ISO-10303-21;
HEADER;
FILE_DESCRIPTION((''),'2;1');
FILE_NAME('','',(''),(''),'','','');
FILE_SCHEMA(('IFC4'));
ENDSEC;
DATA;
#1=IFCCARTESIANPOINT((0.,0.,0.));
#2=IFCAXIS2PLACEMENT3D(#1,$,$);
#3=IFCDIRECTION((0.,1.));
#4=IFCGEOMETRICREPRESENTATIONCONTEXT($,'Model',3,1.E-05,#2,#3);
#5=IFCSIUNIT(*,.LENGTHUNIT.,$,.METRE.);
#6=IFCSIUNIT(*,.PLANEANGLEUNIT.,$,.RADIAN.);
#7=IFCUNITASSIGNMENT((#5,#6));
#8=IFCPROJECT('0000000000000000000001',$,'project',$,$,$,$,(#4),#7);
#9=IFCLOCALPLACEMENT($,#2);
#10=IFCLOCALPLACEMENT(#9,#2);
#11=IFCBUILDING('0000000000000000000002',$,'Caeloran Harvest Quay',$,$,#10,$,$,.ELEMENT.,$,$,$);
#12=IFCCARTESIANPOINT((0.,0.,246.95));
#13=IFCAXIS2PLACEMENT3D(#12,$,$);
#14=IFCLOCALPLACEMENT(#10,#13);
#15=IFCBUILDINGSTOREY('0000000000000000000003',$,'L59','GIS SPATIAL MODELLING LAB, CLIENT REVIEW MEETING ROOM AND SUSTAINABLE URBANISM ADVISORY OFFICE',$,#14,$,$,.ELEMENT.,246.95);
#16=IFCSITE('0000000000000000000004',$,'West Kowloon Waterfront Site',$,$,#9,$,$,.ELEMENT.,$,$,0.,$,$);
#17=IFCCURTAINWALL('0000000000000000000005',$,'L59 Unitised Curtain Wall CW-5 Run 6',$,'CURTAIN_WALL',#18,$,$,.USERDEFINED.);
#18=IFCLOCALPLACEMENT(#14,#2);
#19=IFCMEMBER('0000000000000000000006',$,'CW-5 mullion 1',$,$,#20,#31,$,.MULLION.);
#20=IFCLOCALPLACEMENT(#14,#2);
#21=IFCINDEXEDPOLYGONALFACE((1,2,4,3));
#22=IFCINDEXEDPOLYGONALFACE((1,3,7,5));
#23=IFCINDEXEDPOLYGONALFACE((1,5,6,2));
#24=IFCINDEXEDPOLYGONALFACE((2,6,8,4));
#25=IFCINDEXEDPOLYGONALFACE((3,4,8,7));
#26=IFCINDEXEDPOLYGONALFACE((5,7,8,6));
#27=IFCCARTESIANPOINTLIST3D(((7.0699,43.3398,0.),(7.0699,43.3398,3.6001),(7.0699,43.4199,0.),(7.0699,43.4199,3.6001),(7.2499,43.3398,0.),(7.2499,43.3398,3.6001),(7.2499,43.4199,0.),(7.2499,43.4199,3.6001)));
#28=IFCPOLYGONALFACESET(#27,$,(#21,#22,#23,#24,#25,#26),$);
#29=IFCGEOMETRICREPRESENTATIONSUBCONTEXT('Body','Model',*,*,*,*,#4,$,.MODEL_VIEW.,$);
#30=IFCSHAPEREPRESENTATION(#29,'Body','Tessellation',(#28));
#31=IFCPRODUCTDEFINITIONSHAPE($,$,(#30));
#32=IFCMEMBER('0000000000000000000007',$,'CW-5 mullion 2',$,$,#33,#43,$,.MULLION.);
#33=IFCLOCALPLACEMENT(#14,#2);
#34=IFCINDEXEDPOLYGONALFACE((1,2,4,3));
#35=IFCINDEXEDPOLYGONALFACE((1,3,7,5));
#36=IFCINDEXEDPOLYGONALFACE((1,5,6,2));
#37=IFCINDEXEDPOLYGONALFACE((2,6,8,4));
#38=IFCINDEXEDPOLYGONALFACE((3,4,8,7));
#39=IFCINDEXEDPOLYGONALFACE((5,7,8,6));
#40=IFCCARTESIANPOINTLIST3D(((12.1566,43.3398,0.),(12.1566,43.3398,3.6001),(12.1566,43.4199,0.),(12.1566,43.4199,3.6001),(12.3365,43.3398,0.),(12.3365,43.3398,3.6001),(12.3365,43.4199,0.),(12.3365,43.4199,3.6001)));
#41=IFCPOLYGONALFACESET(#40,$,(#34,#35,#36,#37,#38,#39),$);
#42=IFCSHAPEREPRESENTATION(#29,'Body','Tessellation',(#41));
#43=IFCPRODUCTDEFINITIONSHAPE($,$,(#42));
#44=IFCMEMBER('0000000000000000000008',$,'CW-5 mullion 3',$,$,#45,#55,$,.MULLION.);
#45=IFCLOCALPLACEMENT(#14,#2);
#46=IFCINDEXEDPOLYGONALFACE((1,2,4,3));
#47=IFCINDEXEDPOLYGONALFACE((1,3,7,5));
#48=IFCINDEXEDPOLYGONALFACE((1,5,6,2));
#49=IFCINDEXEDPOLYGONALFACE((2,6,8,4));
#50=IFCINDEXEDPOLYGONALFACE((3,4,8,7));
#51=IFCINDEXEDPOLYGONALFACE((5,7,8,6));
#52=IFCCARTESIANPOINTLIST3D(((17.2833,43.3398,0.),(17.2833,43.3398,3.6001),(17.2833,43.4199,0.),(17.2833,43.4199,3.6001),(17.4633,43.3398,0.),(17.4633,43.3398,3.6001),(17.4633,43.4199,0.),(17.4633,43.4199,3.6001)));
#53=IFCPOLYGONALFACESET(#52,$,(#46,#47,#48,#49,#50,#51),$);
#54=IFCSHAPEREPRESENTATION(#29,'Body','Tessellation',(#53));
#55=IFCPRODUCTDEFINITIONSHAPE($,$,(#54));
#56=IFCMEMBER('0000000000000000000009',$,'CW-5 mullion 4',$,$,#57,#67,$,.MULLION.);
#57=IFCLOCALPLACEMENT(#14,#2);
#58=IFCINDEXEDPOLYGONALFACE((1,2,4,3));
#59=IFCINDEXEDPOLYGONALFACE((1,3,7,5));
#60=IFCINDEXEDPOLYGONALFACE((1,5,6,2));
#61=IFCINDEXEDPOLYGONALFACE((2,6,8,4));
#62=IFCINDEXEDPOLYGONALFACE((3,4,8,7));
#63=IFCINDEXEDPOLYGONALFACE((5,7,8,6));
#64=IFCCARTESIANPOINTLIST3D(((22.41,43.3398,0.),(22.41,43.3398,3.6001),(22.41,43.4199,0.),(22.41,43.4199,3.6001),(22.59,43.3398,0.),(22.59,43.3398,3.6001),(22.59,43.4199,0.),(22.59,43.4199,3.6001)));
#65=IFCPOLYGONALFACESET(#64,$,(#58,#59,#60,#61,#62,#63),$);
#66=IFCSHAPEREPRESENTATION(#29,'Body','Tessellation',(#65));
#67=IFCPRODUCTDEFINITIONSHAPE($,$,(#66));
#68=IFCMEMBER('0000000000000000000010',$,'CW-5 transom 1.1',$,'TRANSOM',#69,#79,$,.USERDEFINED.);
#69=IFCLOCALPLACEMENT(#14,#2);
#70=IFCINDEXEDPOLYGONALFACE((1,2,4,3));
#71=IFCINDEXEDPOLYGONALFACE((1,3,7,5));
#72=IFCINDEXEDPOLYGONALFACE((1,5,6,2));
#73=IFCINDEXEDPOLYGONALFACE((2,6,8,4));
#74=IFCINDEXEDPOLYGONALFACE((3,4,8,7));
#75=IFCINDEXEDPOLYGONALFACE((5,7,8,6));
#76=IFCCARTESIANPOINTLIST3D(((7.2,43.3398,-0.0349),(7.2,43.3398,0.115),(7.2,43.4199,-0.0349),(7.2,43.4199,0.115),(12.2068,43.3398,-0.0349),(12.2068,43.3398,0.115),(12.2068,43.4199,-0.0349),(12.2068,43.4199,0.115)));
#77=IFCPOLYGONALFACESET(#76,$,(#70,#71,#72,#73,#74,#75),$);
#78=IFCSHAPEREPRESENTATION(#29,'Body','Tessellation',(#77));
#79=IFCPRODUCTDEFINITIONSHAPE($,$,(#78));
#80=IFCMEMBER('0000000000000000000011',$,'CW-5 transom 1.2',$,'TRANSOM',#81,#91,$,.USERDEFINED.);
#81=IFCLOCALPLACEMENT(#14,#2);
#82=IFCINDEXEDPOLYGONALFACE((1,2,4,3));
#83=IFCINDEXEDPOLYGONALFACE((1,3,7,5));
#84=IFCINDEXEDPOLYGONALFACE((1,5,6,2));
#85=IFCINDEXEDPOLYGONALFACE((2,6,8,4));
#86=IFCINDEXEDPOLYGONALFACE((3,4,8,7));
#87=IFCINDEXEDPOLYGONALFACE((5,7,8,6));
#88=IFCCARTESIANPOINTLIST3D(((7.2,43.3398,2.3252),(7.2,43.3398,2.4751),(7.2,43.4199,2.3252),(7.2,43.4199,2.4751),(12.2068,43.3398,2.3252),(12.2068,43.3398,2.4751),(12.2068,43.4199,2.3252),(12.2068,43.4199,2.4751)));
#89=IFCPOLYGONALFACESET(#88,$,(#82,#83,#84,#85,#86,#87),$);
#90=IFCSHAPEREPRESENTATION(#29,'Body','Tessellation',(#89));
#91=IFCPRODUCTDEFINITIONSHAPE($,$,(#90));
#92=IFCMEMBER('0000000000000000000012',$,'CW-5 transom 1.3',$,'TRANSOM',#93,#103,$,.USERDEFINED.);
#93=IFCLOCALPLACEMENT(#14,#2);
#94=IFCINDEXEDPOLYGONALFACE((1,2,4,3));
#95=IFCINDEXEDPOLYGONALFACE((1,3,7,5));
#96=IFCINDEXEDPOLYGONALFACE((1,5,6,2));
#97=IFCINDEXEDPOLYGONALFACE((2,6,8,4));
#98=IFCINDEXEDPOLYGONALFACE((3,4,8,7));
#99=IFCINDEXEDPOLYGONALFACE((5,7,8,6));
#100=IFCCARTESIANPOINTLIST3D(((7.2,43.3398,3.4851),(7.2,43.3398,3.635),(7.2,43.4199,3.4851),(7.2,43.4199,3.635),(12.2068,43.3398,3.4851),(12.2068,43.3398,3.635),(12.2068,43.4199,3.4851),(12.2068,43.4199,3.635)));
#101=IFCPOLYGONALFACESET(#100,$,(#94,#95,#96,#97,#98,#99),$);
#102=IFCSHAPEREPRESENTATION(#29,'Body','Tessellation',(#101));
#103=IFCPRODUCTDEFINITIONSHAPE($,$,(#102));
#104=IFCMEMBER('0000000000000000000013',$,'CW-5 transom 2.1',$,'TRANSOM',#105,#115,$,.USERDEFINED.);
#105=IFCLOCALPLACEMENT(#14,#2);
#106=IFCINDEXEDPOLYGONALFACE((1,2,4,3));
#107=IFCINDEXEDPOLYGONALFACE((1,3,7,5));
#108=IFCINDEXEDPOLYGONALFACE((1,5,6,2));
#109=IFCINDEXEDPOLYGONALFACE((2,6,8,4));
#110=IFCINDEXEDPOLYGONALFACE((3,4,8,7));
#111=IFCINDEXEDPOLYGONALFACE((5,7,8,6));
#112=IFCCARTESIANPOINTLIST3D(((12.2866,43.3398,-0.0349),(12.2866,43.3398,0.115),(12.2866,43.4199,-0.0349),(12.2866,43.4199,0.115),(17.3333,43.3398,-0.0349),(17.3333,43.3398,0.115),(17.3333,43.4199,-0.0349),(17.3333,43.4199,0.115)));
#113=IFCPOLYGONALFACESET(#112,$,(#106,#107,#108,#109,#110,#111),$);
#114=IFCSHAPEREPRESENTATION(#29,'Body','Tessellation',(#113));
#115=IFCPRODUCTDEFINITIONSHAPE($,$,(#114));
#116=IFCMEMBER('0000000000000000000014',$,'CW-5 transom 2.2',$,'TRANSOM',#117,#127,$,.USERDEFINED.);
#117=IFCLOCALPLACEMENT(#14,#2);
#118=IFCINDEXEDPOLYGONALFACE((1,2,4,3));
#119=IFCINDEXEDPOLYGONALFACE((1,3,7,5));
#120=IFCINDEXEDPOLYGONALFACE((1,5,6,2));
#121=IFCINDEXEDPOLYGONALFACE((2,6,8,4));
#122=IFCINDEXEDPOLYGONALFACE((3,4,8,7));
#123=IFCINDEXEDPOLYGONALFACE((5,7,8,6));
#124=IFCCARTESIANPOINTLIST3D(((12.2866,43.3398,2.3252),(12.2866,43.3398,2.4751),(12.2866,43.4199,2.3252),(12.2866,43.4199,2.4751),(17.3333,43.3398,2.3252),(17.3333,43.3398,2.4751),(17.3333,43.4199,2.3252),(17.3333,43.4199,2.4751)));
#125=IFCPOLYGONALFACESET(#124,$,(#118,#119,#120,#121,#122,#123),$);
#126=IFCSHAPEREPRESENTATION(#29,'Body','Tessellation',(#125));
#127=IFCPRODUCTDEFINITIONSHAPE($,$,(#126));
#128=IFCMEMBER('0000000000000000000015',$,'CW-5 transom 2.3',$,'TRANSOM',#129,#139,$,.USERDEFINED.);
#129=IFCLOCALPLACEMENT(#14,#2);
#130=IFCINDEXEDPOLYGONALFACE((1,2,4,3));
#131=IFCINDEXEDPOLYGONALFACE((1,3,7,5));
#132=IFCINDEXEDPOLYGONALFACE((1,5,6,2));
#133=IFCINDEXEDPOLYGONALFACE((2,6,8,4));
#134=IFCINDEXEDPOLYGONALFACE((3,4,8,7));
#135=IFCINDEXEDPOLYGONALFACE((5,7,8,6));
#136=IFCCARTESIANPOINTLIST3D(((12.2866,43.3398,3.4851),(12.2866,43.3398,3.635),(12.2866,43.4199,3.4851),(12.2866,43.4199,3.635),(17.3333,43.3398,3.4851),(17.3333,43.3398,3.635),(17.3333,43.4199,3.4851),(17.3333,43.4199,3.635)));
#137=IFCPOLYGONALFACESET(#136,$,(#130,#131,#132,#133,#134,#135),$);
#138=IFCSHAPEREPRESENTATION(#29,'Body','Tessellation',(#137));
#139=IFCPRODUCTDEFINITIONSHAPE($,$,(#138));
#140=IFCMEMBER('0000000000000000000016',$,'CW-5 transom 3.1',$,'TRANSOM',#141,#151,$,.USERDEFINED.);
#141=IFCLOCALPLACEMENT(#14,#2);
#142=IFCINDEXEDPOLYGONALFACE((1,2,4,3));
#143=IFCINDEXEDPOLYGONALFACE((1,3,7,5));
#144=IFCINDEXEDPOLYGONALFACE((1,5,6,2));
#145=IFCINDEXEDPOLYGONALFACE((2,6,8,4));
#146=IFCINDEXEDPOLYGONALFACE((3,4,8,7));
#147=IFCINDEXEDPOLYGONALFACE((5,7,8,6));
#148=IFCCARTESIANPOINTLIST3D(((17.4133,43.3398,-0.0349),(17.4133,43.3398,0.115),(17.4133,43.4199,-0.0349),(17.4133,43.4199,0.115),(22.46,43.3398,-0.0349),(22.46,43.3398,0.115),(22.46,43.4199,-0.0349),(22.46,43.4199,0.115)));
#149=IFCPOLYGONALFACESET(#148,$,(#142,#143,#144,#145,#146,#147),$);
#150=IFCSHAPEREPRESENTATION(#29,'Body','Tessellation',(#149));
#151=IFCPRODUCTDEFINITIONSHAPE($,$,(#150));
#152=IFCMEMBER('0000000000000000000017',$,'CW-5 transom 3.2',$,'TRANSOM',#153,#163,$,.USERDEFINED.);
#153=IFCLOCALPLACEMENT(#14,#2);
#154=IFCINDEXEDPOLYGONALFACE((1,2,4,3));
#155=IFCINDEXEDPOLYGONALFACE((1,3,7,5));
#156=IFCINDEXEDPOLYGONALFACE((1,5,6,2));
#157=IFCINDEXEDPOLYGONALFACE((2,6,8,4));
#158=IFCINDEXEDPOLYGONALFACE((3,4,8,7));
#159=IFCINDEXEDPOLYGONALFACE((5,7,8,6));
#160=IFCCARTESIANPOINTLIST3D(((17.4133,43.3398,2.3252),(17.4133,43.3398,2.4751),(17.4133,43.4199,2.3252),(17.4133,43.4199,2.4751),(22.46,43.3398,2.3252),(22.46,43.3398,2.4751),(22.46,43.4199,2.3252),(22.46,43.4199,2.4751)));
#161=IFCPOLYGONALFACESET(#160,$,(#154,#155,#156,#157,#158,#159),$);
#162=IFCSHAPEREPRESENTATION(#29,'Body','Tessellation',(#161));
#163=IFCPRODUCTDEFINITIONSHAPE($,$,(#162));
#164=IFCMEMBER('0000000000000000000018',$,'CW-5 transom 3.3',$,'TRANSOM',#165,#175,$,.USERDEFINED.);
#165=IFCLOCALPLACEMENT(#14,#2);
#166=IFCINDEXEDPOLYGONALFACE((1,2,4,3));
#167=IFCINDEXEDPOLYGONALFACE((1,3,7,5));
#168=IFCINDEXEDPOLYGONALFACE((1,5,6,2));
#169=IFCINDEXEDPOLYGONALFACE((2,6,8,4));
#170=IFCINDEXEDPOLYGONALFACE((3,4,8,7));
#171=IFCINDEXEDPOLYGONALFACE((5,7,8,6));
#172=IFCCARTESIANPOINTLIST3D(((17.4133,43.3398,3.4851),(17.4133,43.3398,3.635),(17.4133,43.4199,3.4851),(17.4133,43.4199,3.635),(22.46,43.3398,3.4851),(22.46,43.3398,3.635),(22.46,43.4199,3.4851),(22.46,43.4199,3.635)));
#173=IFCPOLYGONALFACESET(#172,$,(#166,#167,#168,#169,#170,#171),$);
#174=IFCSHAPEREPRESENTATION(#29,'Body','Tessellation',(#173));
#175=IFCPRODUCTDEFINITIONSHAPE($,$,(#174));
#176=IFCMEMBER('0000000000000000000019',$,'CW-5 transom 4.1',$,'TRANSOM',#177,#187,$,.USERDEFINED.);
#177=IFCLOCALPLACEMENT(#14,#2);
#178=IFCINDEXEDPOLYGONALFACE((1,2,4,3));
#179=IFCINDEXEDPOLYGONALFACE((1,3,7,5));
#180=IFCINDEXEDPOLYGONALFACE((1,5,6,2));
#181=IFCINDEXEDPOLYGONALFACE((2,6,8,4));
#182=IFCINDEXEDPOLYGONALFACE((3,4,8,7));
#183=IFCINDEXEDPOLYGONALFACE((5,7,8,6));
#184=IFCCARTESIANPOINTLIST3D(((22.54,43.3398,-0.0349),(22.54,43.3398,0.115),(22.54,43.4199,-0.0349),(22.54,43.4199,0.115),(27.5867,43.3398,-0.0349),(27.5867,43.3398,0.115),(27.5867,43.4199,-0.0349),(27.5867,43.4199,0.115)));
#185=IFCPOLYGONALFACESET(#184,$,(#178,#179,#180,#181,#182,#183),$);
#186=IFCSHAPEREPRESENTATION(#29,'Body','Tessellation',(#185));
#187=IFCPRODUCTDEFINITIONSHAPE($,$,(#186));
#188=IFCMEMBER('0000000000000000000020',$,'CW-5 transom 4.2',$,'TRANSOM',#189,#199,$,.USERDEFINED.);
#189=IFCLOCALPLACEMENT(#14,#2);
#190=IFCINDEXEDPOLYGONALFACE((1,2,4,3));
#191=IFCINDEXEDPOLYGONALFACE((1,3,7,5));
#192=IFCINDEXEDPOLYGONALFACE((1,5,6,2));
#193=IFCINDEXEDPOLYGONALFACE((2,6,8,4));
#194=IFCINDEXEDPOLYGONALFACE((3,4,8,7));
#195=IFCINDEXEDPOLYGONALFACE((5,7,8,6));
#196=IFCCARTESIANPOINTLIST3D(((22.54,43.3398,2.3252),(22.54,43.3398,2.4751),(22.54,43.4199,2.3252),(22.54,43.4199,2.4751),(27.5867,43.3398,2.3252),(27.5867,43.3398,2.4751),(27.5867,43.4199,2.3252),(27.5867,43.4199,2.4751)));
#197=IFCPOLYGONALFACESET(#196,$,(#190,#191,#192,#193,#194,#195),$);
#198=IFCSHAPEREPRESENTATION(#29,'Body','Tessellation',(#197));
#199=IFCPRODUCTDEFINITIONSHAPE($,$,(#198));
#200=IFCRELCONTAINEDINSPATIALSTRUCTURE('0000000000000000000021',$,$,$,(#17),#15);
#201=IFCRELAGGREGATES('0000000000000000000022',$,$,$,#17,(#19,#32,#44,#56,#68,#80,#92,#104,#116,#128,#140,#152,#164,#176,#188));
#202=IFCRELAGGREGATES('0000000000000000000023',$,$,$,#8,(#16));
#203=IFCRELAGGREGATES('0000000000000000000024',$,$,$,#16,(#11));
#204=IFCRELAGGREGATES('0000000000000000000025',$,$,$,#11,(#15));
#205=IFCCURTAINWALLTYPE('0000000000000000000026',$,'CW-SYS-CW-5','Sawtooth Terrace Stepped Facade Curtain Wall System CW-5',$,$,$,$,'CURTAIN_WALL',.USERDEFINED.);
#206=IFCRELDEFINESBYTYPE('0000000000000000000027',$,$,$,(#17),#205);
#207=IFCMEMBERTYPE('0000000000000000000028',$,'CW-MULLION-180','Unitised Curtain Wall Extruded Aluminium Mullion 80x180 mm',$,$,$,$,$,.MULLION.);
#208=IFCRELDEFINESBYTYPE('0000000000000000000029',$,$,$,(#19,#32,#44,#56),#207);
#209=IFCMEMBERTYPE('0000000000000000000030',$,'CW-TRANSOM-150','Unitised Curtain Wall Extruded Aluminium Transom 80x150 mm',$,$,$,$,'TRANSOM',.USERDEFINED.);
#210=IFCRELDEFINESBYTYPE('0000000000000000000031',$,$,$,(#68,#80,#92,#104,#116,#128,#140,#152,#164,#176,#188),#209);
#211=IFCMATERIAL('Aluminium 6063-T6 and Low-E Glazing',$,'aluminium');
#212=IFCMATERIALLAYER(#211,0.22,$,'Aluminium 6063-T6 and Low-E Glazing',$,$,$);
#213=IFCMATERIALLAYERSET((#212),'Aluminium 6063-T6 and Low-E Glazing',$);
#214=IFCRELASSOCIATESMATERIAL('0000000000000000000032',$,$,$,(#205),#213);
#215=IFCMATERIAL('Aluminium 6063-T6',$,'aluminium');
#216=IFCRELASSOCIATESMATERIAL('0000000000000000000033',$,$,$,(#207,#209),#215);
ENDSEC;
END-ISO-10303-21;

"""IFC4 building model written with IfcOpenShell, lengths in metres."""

from ifc_helpers import new_model, si_unit, direction, frame, origin, origin_2d, place, context, subcontext, project, spatial, rectangle, extrude, material, layer, layer_set, material_profile, profile_set, type_object, element, aggregate, save


model = new_model("IFC4")

# Units and contexts
model_context = context("Model", 3, precision=1e-05, world=origin(), true_north=direction((0.0, 1.0)))
body_context = subcontext(model_context, "Body", "Model", "MODEL_VIEW")
ifc_project = project(units=[si_unit("LENGTHUNIT", "METRE"), si_unit("PLANEANGLEUNIT", "RADIAN")], contexts=[model_context])

# Site, building, storey
site_placement = place(None, origin())
site = spatial("IfcSite", under=ifc_project, at=site_placement, Name="West Kowloon Waterfront Site", CompositionType="ELEMENT", RefElevation=0.0)
building_placement = place(site_placement, origin())
building = spatial("IfcBuilding", under=site, at=building_placement, Name="Caeloran Harvest Quay", CompositionType="ELEMENT")
storey_placement = place(building_placement, frame((0.0, 0.0, 246.95)))
storey = spatial("IfcBuildingStorey", under=building, at=storey_placement, Name="L59", Description="GIS SPATIAL MODELLING LAB, CLIENT REVIEW MEETING ROOM AND SUSTAINABLE URBANISM ADVISORY OFFICE", CompositionType="ELEMENT", Elevation=246.95)

# Curtain wall, members
ifc_material_1 = material(Name="Aluminium 6063-T6 and Low-E Glazing", Category="aluminium")
ifc_layer_1 = layer(ifc_material_1, 0.22, Name="Aluminium 6063-T6 and Low-E Glazing")
ifc_layer_set_1 = layer_set([ifc_layer_1], Name="Aluminium 6063-T6 and Low-E Glazing")
curtain_wall_type = type_object("IfcCurtainWallType", Name="CW-SYS-CW-5", Description="Sawtooth Terrace Stepped Facade Curtain Wall System CW-5", ElementType="CURTAIN_WALL", PredefinedType="USERDEFINED", material=ifc_layer_set_1)
curtain_wall_placement = place(storey_placement, origin())
curtain_wall = element("IfcCurtainWall", 1, at=curtain_wall_placement, inside=storey, type_object=curtain_wall_type, Name="L59 Unitised Curtain Wall CW-5 Run 6", ObjectType="CURTAIN_WALL", PredefinedType="USERDEFINED")
ifc_material_2 = material(Name="Aluminium 6063-T6", Category="aluminium")
ifc_material_profile_1 = material_profile(ifc_material_2, rectangle(XDim=0.0801, YDim=0.1799, at=origin_2d()), Name="CW-MULLION-180")
ifc_profile_set_1 = profile_set([ifc_material_profile_1], Name="Aluminium 6063-T6")
member_type_1 = type_object("IfcMemberType", Name="CW-MULLION-180", Description="Unitised Curtain Wall Extruded Aluminium Mullion 80x180 mm", PredefinedType="MULLION", material=ifc_profile_set_1)
member_1_placement = place(storey_placement, frame((7.1599, 43.3799, 0.0), z_axis=(0.0, 0.0, 1.0), x_axis=(0.0, 1.0, 0.0)))
member_1 = element("IfcMember", 2, at=member_1_placement, type_object=member_type_1, Name="CW-5 mullion 1", PredefinedType="MULLION", context=body_context, shape_type="SweptSolid", body=[
    extrude(rectangle(XDim=0.0801, YDim=0.1799, at=origin_2d()), origin(), (0.0, 0.0, 1.0), 3.6001),
])
member_2_placement = place(storey_placement, frame((12.2466, 43.3799, 0.0), z_axis=(0.0, 0.0, 1.0), x_axis=(0.0, 1.0, 0.0)))
member_2 = element("IfcMember", 3, at=member_2_placement, type_object=member_type_1, Name="CW-5 mullion 2", PredefinedType="MULLION", context=body_context, shape_type="SweptSolid", body=[
    extrude(rectangle(XDim=0.0801, YDim=0.1799, at=origin_2d()), origin(), (0.0, 0.0, 1.0), 3.6001),
])
member_3_placement = place(storey_placement, frame((17.3733, 43.3799, 0.0), z_axis=(0.0, 0.0, 1.0), x_axis=(0.0, 1.0, 0.0)))
member_3 = element("IfcMember", 4, at=member_3_placement, type_object=member_type_1, Name="CW-5 mullion 3", PredefinedType="MULLION", context=body_context, shape_type="SweptSolid", body=[
    extrude(rectangle(XDim=0.0801, YDim=0.1799, at=origin_2d()), origin(), (0.0, 0.0, 1.0), 3.6001),
])
member_4_placement = place(storey_placement, frame((22.5, 43.3799, 0.0), z_axis=(0.0, 0.0, 1.0), x_axis=(0.0, 1.0, 0.0)))
member_4 = element("IfcMember", 5, at=member_4_placement, type_object=member_type_1, Name="CW-5 mullion 4", PredefinedType="MULLION", context=body_context, shape_type="SweptSolid", body=[
    extrude(rectangle(XDim=0.0801, YDim=0.1799, at=origin_2d()), origin(), (0.0, 0.0, 1.0), 3.6001),
])
ifc_material_profile_2 = material_profile(ifc_material_2, rectangle(XDim=0.0801, YDim=0.1499, at=origin_2d()), Name="CW-TRANSOM-150")
ifc_profile_set_2 = profile_set([ifc_material_profile_2], Name="Aluminium 6063-T6")
member_type_2 = type_object("IfcMemberType", Name="CW-TRANSOM-150", Description="Unitised Curtain Wall Extruded Aluminium Transom 80x150 mm", ElementType="TRANSOM", PredefinedType="USERDEFINED", material=ifc_profile_set_2)
member_5_placement = place(storey_placement, frame((7.2, 43.3799, 0.04), z_axis=(1.0, 0.0, 0.0), x_axis=(0.0, 1.0, 0.0)))
member_5 = element("IfcMember", 6, at=member_5_placement, type_object=member_type_2, Name="CW-5 transom 1.1", ObjectType="TRANSOM", PredefinedType="USERDEFINED", context=body_context, shape_type="SweptSolid", body=[
    extrude(rectangle(XDim=0.0801, YDim=0.1499, at=origin_2d()), origin(), (0.0, 0.0, 1.0), 5.0068),
])
member_6_placement = place(storey_placement, frame((7.2, 43.3799, 2.4001), z_axis=(1.0, 0.0, 0.0), x_axis=(0.0, 1.0, 0.0)))
member_6 = element("IfcMember", 7, at=member_6_placement, type_object=member_type_2, Name="CW-5 transom 1.2", ObjectType="TRANSOM", PredefinedType="USERDEFINED", context=body_context, shape_type="SweptSolid", body=[
    extrude(rectangle(XDim=0.0801, YDim=0.1499, at=origin_2d()), origin(), (0.0, 0.0, 1.0), 5.0068),
])
member_7_placement = place(storey_placement, frame((7.2, 43.3799, 3.5601), z_axis=(1.0, 0.0, 0.0), x_axis=(0.0, 1.0, 0.0)))
member_7 = element("IfcMember", 8, at=member_7_placement, type_object=member_type_2, Name="CW-5 transom 1.3", ObjectType="TRANSOM", PredefinedType="USERDEFINED", context=body_context, shape_type="SweptSolid", body=[
    extrude(rectangle(XDim=0.0801, YDim=0.1499, at=origin_2d()), origin(), (0.0, 0.0, 1.0), 5.0068),
])
member_8_placement = place(storey_placement, frame((12.2866, 43.3799, 0.04), z_axis=(1.0, 0.0, 0.0), x_axis=(0.0, 1.0, 0.0)))
member_8 = element("IfcMember", 9, at=member_8_placement, type_object=member_type_2, Name="CW-5 transom 2.1", ObjectType="TRANSOM", PredefinedType="USERDEFINED", context=body_context, shape_type="SweptSolid", body=[
    extrude(rectangle(XDim=0.0801, YDim=0.1499, at=origin_2d()), origin(), (0.0, 0.0, 1.0), 5.0466),
])
member_9_placement = place(storey_placement, frame((12.2866, 43.3799, 2.4001), z_axis=(1.0, 0.0, 0.0), x_axis=(0.0, 1.0, 0.0)))
member_9 = element("IfcMember", 10, at=member_9_placement, type_object=member_type_2, Name="CW-5 transom 2.2", ObjectType="TRANSOM", PredefinedType="USERDEFINED", context=body_context, shape_type="SweptSolid", body=[
    extrude(rectangle(XDim=0.0801, YDim=0.1499, at=origin_2d()), origin(), (0.0, 0.0, 1.0), 5.0466),
])
member_10_placement = place(storey_placement, frame((12.2866, 43.3799, 3.5601), z_axis=(1.0, 0.0, 0.0), x_axis=(0.0, 1.0, 0.0)))
member_10 = element("IfcMember", 11, at=member_10_placement, type_object=member_type_2, Name="CW-5 transom 2.3", ObjectType="TRANSOM", PredefinedType="USERDEFINED", context=body_context, shape_type="SweptSolid", body=[
    extrude(rectangle(XDim=0.0801, YDim=0.1499, at=origin_2d()), origin(), (0.0, 0.0, 1.0), 5.0466),
])
member_11_placement = place(storey_placement, frame((17.4133, 43.3799, 0.04), z_axis=(1.0, 0.0, 0.0), x_axis=(0.0, 1.0, 0.0)))
member_11 = element("IfcMember", 12, at=member_11_placement, type_object=member_type_2, Name="CW-5 transom 3.1", ObjectType="TRANSOM", PredefinedType="USERDEFINED", context=body_context, shape_type="SweptSolid", body=[
    extrude(rectangle(XDim=0.0801, YDim=0.1499, at=origin_2d()), origin(), (0.0, 0.0, 1.0), 5.0466),
])
member_12_placement = place(storey_placement, frame((17.4133, 43.3799, 2.4001), z_axis=(1.0, 0.0, 0.0), x_axis=(0.0, 1.0, 0.0)))
member_12 = element("IfcMember", 13, at=member_12_placement, type_object=member_type_2, Name="CW-5 transom 3.2", ObjectType="TRANSOM", PredefinedType="USERDEFINED", context=body_context, shape_type="SweptSolid", body=[
    extrude(rectangle(XDim=0.0801, YDim=0.1499, at=origin_2d()), origin(), (0.0, 0.0, 1.0), 5.0466),
])
member_13_placement = place(storey_placement, frame((17.4133, 43.3799, 3.5601), z_axis=(1.0, 0.0, 0.0), x_axis=(0.0, 1.0, 0.0)))
member_13 = element("IfcMember", 14, at=member_13_placement, type_object=member_type_2, Name="CW-5 transom 3.3", ObjectType="TRANSOM", PredefinedType="USERDEFINED", context=body_context, shape_type="SweptSolid", body=[
    extrude(rectangle(XDim=0.0801, YDim=0.1499, at=origin_2d()), origin(), (0.0, 0.0, 1.0), 5.0466),
])
member_14_placement = place(storey_placement, frame((22.54, 43.3799, 0.04), z_axis=(1.0, 0.0, 0.0), x_axis=(0.0, 1.0, 0.0)))
member_14 = element("IfcMember", 15, at=member_14_placement, type_object=member_type_2, Name="CW-5 transom 4.1", ObjectType="TRANSOM", PredefinedType="USERDEFINED", context=body_context, shape_type="SweptSolid", body=[
    extrude(rectangle(XDim=0.0801, YDim=0.1499, at=origin_2d()), origin(), (0.0, 0.0, 1.0), 5.0466),
])
member_15_placement = place(storey_placement, frame((22.54, 43.3799, 2.4001), z_axis=(1.0, 0.0, 0.0), x_axis=(0.0, 1.0, 0.0)))
member_15 = element("IfcMember", 16, at=member_15_placement, type_object=member_type_2, Name="CW-5 transom 4.2", ObjectType="TRANSOM", PredefinedType="USERDEFINED", context=body_context, shape_type="SweptSolid", body=[
    extrude(rectangle(XDim=0.0801, YDim=0.1499, at=origin_2d()), origin(), (0.0, 0.0, 1.0), 5.0466),
])
aggregate(curtain_wall, [member_1, member_2, member_3, member_4, member_5, member_6, member_7, member_8, member_9, member_10, member_11, member_12, member_13, member_14, member_15])

save(model, "model.ifc")
